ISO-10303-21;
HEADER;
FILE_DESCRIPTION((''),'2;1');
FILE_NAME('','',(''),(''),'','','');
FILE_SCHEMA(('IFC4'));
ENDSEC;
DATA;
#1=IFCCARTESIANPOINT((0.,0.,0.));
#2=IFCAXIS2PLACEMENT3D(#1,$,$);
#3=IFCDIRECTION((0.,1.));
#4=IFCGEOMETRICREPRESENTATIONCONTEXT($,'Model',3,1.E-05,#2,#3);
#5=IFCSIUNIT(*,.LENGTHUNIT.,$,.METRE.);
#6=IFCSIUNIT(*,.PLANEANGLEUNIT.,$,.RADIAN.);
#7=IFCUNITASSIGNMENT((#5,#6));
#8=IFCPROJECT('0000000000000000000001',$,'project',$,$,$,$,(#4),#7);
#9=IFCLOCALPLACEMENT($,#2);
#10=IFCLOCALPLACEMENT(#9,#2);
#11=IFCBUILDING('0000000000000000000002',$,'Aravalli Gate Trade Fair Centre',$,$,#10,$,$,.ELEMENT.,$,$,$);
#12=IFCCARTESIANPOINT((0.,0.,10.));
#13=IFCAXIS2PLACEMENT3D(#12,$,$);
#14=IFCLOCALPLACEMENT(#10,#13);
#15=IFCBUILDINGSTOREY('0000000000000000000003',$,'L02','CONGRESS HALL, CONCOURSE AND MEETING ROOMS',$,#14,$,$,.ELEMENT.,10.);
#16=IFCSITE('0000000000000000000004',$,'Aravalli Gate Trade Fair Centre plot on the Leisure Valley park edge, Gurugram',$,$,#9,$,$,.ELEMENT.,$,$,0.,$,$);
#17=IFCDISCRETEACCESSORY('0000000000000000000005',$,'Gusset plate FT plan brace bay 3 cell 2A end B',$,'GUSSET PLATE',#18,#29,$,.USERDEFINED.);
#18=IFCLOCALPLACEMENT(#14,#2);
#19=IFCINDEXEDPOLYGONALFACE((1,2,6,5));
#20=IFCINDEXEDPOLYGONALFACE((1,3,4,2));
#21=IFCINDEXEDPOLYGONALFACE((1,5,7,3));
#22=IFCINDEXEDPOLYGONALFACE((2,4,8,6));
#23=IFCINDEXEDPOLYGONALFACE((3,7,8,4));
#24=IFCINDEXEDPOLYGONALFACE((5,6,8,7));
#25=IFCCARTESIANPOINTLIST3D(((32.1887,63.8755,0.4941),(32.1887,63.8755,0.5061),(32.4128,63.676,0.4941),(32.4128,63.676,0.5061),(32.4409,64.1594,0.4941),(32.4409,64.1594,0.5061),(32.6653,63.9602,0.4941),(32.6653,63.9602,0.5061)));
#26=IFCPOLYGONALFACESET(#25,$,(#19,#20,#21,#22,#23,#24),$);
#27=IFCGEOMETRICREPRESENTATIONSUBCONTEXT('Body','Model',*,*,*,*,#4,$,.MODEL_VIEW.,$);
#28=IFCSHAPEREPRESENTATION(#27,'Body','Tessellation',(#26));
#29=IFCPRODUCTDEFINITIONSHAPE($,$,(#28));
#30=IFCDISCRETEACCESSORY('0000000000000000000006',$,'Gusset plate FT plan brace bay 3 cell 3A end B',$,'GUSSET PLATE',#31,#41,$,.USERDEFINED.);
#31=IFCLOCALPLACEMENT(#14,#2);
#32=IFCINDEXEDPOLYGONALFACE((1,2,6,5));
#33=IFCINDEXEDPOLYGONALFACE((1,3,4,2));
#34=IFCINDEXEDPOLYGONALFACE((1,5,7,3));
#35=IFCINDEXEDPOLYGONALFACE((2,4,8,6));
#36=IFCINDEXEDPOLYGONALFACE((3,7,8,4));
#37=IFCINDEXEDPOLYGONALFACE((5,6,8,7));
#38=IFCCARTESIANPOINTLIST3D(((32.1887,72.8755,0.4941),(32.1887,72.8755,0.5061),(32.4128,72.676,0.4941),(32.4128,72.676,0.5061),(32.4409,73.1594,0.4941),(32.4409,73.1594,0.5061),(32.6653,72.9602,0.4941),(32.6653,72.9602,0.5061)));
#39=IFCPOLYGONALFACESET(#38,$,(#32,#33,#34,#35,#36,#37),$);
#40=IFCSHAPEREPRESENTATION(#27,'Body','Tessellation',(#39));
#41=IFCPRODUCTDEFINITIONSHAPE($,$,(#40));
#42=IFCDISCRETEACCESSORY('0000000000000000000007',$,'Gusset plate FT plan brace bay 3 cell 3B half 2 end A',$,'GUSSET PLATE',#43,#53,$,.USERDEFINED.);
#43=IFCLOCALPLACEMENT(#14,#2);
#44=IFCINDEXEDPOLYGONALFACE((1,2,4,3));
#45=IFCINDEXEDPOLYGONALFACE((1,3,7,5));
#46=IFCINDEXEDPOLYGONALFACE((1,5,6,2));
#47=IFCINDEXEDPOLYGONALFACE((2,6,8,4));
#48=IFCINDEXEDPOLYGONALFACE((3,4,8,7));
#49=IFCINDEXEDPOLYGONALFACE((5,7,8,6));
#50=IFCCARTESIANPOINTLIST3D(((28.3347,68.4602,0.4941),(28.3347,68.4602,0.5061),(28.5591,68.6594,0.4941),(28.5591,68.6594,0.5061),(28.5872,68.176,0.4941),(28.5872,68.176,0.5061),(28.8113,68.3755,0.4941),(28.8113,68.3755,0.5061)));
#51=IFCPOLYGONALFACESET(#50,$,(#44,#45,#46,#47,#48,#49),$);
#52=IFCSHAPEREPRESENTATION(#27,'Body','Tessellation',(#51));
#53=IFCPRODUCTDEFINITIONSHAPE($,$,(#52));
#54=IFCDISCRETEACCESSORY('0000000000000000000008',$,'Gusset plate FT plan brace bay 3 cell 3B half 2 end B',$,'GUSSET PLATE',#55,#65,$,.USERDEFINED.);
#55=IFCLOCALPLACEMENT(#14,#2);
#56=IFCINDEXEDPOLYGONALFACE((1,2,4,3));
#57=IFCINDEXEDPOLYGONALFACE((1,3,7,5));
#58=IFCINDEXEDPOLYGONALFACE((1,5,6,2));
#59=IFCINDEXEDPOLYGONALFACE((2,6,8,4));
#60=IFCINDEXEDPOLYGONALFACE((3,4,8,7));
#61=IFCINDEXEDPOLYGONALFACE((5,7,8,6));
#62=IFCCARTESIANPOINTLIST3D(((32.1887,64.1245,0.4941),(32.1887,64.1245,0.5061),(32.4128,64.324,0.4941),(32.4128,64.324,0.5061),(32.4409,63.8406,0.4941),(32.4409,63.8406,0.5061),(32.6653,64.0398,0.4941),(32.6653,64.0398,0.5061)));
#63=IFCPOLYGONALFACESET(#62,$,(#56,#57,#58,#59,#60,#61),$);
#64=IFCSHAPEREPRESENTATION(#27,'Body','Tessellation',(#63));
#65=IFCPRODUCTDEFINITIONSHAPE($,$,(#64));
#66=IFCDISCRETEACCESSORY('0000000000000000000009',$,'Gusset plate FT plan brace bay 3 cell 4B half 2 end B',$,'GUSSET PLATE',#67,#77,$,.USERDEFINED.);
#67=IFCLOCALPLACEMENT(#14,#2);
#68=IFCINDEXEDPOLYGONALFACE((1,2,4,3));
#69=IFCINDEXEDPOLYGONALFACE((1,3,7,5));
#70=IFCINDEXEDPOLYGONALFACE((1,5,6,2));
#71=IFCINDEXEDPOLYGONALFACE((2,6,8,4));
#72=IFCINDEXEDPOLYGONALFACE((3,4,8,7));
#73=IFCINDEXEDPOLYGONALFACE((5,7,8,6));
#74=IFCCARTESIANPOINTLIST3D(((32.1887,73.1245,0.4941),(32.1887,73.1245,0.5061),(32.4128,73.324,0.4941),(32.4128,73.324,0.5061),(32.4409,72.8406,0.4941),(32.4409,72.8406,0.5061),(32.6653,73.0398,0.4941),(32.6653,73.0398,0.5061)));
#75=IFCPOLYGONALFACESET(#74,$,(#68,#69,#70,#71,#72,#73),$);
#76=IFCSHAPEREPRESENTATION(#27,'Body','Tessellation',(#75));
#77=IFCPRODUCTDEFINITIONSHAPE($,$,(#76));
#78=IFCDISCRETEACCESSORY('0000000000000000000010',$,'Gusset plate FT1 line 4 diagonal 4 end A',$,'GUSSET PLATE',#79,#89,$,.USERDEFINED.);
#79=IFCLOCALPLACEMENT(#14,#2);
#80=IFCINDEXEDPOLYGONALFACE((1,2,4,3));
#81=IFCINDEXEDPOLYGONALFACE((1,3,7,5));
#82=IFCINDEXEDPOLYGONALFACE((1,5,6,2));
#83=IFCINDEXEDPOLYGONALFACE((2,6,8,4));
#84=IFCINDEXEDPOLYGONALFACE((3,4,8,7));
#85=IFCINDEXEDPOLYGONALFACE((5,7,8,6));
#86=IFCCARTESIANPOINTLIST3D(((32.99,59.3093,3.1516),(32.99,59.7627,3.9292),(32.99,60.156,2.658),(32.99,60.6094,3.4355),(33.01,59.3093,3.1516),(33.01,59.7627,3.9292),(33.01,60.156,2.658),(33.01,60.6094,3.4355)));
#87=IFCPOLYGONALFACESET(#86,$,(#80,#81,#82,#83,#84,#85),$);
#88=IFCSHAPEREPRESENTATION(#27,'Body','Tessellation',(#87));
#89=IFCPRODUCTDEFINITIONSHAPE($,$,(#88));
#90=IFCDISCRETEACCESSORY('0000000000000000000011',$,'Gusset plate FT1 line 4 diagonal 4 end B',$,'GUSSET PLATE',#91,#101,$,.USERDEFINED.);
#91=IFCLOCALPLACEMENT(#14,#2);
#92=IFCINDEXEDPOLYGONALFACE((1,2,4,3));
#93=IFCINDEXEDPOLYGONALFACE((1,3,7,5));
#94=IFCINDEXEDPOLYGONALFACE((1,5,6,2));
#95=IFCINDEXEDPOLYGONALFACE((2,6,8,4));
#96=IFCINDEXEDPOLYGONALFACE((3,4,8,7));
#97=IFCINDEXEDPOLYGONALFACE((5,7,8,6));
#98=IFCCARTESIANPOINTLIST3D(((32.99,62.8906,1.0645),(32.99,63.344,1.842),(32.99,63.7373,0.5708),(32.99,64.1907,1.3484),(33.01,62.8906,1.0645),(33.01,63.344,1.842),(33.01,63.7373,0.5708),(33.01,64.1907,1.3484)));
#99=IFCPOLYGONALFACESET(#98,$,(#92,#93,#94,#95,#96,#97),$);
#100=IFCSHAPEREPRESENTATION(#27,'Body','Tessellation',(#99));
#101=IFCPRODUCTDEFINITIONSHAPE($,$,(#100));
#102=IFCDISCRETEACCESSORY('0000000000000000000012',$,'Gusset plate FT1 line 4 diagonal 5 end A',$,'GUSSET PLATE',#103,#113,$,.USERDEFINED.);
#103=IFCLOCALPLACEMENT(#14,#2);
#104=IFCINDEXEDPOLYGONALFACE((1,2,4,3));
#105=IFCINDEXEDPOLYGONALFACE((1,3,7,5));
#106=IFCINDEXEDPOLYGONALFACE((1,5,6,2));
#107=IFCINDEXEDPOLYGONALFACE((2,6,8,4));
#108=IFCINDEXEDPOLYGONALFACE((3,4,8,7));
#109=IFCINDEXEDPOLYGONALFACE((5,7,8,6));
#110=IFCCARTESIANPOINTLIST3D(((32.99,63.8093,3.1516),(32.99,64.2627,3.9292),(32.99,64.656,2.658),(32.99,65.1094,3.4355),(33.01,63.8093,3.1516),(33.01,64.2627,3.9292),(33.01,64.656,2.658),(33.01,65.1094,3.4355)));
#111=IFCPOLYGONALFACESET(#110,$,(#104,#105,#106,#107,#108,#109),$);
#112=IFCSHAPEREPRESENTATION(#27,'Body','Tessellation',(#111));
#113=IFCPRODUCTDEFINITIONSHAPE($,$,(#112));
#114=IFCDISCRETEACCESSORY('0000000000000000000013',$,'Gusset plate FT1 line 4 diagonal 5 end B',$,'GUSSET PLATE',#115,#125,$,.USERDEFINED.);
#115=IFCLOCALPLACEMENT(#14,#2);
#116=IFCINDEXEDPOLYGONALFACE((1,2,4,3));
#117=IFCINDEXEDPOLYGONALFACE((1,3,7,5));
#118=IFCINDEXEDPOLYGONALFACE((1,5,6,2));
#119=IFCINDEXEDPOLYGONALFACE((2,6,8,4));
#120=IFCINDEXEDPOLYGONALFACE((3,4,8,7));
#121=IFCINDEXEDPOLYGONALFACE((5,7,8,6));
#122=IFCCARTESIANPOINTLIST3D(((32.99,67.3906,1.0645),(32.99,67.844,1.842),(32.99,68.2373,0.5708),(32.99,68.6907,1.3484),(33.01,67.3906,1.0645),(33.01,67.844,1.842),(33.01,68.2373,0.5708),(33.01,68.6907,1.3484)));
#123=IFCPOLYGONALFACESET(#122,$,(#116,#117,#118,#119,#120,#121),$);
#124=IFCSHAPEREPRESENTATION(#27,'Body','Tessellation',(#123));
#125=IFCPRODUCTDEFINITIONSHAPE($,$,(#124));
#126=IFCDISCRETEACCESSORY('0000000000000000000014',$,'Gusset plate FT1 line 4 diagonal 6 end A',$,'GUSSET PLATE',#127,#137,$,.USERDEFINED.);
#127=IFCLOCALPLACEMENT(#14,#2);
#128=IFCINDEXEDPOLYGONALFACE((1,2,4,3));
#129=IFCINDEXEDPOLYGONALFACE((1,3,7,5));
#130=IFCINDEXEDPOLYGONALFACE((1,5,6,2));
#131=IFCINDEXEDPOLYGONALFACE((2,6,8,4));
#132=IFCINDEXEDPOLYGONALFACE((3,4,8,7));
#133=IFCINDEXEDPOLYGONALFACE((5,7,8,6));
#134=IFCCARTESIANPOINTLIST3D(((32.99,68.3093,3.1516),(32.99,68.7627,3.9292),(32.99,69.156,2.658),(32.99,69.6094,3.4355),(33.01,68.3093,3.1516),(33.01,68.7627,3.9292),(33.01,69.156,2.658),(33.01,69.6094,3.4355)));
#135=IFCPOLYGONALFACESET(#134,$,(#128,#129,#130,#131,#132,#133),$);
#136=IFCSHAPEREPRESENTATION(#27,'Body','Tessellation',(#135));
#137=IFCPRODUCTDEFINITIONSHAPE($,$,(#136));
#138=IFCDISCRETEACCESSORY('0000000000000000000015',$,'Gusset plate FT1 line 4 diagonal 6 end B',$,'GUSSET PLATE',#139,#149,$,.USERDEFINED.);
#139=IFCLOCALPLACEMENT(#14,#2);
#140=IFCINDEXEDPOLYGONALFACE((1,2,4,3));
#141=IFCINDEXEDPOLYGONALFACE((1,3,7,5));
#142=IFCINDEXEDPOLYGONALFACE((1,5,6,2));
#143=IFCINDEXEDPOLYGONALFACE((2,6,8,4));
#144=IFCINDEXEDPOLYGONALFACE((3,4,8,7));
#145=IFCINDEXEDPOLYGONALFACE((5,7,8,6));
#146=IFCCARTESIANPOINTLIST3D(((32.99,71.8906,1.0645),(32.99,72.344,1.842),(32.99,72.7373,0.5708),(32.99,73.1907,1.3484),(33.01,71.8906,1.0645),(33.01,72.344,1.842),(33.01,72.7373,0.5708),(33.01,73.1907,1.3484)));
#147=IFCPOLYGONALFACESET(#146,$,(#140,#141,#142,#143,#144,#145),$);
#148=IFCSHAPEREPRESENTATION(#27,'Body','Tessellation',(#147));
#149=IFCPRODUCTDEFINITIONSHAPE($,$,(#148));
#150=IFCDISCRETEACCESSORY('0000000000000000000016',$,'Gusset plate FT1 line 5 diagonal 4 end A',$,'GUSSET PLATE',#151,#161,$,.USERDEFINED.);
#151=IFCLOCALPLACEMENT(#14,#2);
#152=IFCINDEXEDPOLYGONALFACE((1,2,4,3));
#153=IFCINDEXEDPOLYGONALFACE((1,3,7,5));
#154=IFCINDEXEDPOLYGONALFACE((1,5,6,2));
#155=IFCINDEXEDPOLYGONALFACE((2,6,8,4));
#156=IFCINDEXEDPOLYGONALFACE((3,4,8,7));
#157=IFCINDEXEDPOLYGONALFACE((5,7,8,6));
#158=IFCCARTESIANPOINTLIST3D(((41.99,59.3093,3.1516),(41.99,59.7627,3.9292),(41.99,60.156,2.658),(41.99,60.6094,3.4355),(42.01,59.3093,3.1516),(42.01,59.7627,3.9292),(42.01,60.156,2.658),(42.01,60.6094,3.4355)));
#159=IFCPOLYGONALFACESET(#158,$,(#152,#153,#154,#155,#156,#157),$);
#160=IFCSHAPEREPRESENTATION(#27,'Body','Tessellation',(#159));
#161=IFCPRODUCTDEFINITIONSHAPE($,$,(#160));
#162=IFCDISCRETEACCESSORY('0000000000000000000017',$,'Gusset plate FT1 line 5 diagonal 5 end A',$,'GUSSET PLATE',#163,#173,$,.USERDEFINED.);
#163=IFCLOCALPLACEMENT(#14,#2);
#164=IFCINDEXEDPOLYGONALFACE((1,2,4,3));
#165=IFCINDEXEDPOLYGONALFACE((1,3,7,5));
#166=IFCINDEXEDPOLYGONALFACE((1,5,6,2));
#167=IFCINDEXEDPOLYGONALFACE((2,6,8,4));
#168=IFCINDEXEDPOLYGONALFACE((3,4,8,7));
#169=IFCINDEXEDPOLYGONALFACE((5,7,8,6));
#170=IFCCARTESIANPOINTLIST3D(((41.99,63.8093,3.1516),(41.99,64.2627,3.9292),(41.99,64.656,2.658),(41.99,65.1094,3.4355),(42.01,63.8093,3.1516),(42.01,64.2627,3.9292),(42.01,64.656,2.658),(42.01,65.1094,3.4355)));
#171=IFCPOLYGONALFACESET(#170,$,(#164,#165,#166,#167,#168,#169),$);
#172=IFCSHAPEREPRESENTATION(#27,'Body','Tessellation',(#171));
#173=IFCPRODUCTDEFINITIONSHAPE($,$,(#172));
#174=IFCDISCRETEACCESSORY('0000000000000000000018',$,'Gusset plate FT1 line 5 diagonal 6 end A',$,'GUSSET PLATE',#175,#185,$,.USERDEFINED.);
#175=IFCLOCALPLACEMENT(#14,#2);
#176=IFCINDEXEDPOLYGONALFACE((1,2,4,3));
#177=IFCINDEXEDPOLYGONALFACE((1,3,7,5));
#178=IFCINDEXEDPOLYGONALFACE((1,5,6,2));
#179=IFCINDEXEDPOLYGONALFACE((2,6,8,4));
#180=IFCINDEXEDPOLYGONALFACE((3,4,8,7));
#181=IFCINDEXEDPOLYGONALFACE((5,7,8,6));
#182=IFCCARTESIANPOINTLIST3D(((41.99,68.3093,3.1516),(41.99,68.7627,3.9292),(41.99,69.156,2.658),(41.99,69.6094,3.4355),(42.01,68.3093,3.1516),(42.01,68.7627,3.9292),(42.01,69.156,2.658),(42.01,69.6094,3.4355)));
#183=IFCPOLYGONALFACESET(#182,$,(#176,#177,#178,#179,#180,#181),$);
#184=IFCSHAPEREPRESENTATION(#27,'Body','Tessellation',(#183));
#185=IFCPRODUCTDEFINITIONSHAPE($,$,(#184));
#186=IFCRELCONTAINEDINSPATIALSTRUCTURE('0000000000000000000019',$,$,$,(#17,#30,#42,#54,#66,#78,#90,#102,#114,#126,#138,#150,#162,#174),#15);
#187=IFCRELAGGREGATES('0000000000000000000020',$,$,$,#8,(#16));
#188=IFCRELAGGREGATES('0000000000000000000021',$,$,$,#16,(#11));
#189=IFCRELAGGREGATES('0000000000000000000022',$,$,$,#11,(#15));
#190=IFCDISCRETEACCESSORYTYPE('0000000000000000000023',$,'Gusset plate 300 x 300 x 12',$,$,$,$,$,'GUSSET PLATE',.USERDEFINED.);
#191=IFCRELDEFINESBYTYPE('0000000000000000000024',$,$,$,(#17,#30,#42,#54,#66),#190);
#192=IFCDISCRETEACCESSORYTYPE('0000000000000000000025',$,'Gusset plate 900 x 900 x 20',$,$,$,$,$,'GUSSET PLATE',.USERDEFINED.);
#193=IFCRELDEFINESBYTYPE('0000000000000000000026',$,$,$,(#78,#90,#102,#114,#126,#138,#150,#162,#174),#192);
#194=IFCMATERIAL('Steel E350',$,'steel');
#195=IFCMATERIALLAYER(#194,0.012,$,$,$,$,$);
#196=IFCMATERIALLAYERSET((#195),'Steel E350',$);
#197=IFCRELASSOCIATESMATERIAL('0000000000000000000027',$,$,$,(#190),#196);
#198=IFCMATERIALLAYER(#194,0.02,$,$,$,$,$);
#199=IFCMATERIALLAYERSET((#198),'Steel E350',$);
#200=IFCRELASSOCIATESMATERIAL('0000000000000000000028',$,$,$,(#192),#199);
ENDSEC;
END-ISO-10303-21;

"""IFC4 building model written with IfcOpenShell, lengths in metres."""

from ifc_helpers import new_model, si_unit, direction, frame, origin, place, context, subcontext, project, spatial, polyline, outline, extrude, material, layer, layer_set, type_object, element, save


model = new_model("IFC4")

# Units and contexts
model_context = context("Model", 3, precision=1e-05, world=origin(), true_north=direction((0.0, 1.0)))
body_context = subcontext(model_context, "Body", "Model", "MODEL_VIEW")
ifc_project = project(units=[si_unit("LENGTHUNIT", "METRE"), si_unit("PLANEANGLEUNIT", "RADIAN")], contexts=[model_context])

# Site, building, storey
site_placement = place(None, origin())
site = spatial("IfcSite", under=ifc_project, at=site_placement, Name="Aravalli Gate Trade Fair Centre plot on the Leisure Valley park edge, Gurugram", CompositionType="ELEMENT", RefElevation=0.0)
building_placement = place(site_placement, origin())
building = spatial("IfcBuilding", under=site, at=building_placement, Name="Aravalli Gate Trade Fair Centre", CompositionType="ELEMENT")
storey_placement = place(building_placement, frame((0.0, 0.0, 10.0)))
storey = spatial("IfcBuildingStorey", under=building, at=storey_placement, Name="L02", Description="CONGRESS HALL, CONCOURSE AND MEETING ROOMS", CompositionType="ELEMENT", Elevation=10.0)

# Shared definitions
ifc_material = material(Name="Steel E350", Category="steel")

# Discrete accessories
ifc_layer_1 = layer(ifc_material, 0.012)
ifc_layer_set_1 = layer_set([ifc_layer_1], Name="Steel E350")
discrete_accessory_type_1 = type_object("IfcDiscreteAccessoryType", Name="Gusset plate 300 x 300 x 12", ElementType="GUSSET PLATE", PredefinedType="USERDEFINED", material=ifc_layer_set_1)
for number, where, z_axis, x_axis, name in (
    (1, (32.4128, 63.676, 0.5061), (0.0, 0.0, 1.0), (0.664125, 0.747622, 0.0), "Gusset plate FT plan brace bay 3 cell 2A end B"),
    (2, (32.4128, 72.676, 0.5061), (0.0, 0.0, 1.0), (0.664125, 0.747622, 0.0), "Gusset plate FT plan brace bay 3 cell 3A end B"),
):
    element("IfcDiscreteAccessory", number, at=place(storey_placement, frame(where, z_axis=z_axis, x_axis=x_axis)), inside=storey, type_object=discrete_accessory_type_1, Name=name, ObjectType="GUSSET PLATE", PredefinedType="USERDEFINED", context=body_context, shape_type="SweptSolid", body=[
        extrude(outline(polyline([(0.0, 0.0), (0.3801, 0.0), (0.38, 0.3), (0.0003, 0.3), (0.0, 0.0)])), origin(), (0.0, 0.0, -1.0), 0.012),
    ])
discrete_accessory_1_placement = place(storey_placement, frame((28.5872, 68.176, 0.5061), z_axis=(0.0, 0.0, 1.0), x_axis=(-0.664125, 0.747622, 0.0)))
element("IfcDiscreteAccessory", 3, at=discrete_accessory_1_placement, inside=storey, type_object=discrete_accessory_type_1, Name="Gusset plate FT plan brace bay 3 cell 3B half 2 end A", ObjectType="GUSSET PLATE", PredefinedType="USERDEFINED", context=body_context, shape_type="SweptSolid", body=[
    extrude(outline(polyline([(0.0, 0.0), (0.3801, 0.0), (0.38, -0.3), (0.0003, -0.3), (0.0, 0.0)])), origin(), (0.0, 0.0, -1.0), 0.012),
])
for number, where, z_axis, x_axis, name in (
    (4, (32.1887, 64.1245, 0.5061), (0.0, 0.0, 1.0), (0.664084, -0.747658, 0.0), "Gusset plate FT plan brace bay 3 cell 3B half 2 end B"),
    (5, (32.1887, 73.1245, 0.5061), (0.0, 0.0, 1.0), (0.664084, -0.747658, 0.0), "Gusset plate FT plan brace bay 3 cell 4B half 2 end B"),
):
    element("IfcDiscreteAccessory", number, at=place(storey_placement, frame(where, z_axis=z_axis, x_axis=x_axis)), inside=storey, type_object=discrete_accessory_type_1, Name=name, ObjectType="GUSSET PLATE", PredefinedType="USERDEFINED", context=body_context, shape_type="SweptSolid", body=[
        extrude(outline(polyline([(0.0, 0.0), (0.3798, 0.0), (0.3798, 0.3), (-0.0003, 0.3), (0.0, 0.0)])), origin(), (0.0, 0.0, -1.0), 0.012),
    ])
ifc_layer_2 = layer(ifc_material, 0.02)
ifc_layer_set_2 = layer_set([ifc_layer_2], Name="Steel E350")
discrete_accessory_type_2 = type_object("IfcDiscreteAccessoryType", Name="Gusset plate 900 x 900 x 20", ElementType="GUSSET PLATE", PredefinedType="USERDEFINED", material=ifc_layer_set_2)
discrete_accessory_2_placement = place(storey_placement, frame((32.99, 60.156, 2.658), z_axis=(-1.0, 0.0, 0.0), x_axis=(0.0, -0.863887, 0.503685)))
element("IfcDiscreteAccessory", 6, at=discrete_accessory_2_placement, inside=storey, type_object=discrete_accessory_type_2, Name="Gusset plate FT1 line 4 diagonal 4 end A", ObjectType="GUSSET PLATE", PredefinedType="USERDEFINED", context=body_context, shape_type="SweptSolid", body=[
    extrude(outline(polyline([(0.0, 0.0), (0.9801, 0.0), (0.9801, 0.9001), (0.0, 0.9001), (0.0, 0.0)])), origin(), (0.0, 0.0, -1.0), 0.02),
])
discrete_accessory_3_placement = place(storey_placement, frame((33.01, 62.8906, 1.0645), z_axis=(1.0, 0.0, 0.0), x_axis=(0.0, 0.863887, -0.503685)))
element("IfcDiscreteAccessory", 7, at=discrete_accessory_3_placement, inside=storey, type_object=discrete_accessory_type_2, Name="Gusset plate FT1 line 4 diagonal 4 end B", ObjectType="GUSSET PLATE", PredefinedType="USERDEFINED", context=body_context, shape_type="SweptSolid", body=[
    extrude(outline(polyline([(0.0, 0.0), (0.9801, 0.0), (0.9801, 0.9001), (0.0, 0.9001), (0.0, 0.0)])), origin(), (0.0, 0.0, -1.0), 0.02),
])
discrete_accessory_4_placement = place(storey_placement, frame((32.99, 64.656, 2.658), z_axis=(-1.0, 0.0, 0.0), x_axis=(0.0, -0.863887, 0.503685)))
element("IfcDiscreteAccessory", 8, at=discrete_accessory_4_placement, inside=storey, type_object=discrete_accessory_type_2, Name="Gusset plate FT1 line 4 diagonal 5 end A", ObjectType="GUSSET PLATE", PredefinedType="USERDEFINED", context=body_context, shape_type="SweptSolid", body=[
    extrude(outline(polyline([(0.0, 0.0), (0.9801, 0.0), (0.9801, 0.9001), (0.0, 0.9001), (0.0, 0.0)])), origin(), (0.0, 0.0, -1.0), 0.02),
])
discrete_accessory_5_placement = place(storey_placement, frame((33.01, 67.3906, 1.0645), z_axis=(1.0, 0.0, 0.0), x_axis=(0.0, 0.863887, -0.503685)))
element("IfcDiscreteAccessory", 9, at=discrete_accessory_5_placement, inside=storey, type_object=discrete_accessory_type_2, Name="Gusset plate FT1 line 4 diagonal 5 end B", ObjectType="GUSSET PLATE", PredefinedType="USERDEFINED", context=body_context, shape_type="SweptSolid", body=[
    extrude(outline(polyline([(0.0, 0.0), (0.9801, 0.0), (0.9801, 0.9001), (0.0, 0.9001), (0.0, 0.0)])), origin(), (0.0, 0.0, -1.0), 0.02),
])
discrete_accessory_6_placement = place(storey_placement, frame((32.99, 69.156, 2.658), z_axis=(-1.0, 0.0, 0.0), x_axis=(0.0, -0.863887, 0.503685)))
element("IfcDiscreteAccessory", 10, at=discrete_accessory_6_placement, inside=storey, type_object=discrete_accessory_type_2, Name="Gusset plate FT1 line 4 diagonal 6 end A", ObjectType="GUSSET PLATE", PredefinedType="USERDEFINED", context=body_context, shape_type="SweptSolid", body=[
    extrude(outline(polyline([(0.0, 0.0), (0.9801, 0.0), (0.9801, 0.9001), (0.0, 0.9001), (0.0, 0.0)])), origin(), (0.0, 0.0, -1.0), 0.02),
])
discrete_accessory_7_placement = place(storey_placement, frame((33.01, 71.8906, 1.0645), z_axis=(1.0, 0.0, 0.0), x_axis=(0.0, 0.863887, -0.503685)))
element("IfcDiscreteAccessory", 11, at=discrete_accessory_7_placement, inside=storey, type_object=discrete_accessory_type_2, Name="Gusset plate FT1 line 4 diagonal 6 end B", ObjectType="GUSSET PLATE", PredefinedType="USERDEFINED", context=body_context, shape_type="SweptSolid", body=[
    extrude(outline(polyline([(0.0, 0.0), (0.9801, 0.0), (0.9801, 0.9001), (0.0, 0.9001), (0.0, 0.0)])), origin(), (0.0, 0.0, -1.0), 0.02),
])
for number, where, z_axis, x_axis, name in (
    (12, (41.99, 60.156, 2.658), (-1.0, 0.0, 0.0), (0.0, -0.863887, 0.503685), "Gusset plate FT1 line 5 diagonal 4 end A"),
    (13, (41.99, 64.656, 2.658), (-1.0, 0.0, 0.0), (0.0, -0.863887, 0.503685), "Gusset plate FT1 line 5 diagonal 5 end A"),
    (14, (41.99, 69.156, 2.658), (-1.0, 0.0, 0.0), (0.0, -0.863887, 0.503685), "Gusset plate FT1 line 5 diagonal 6 end A"),
):
    element("IfcDiscreteAccessory", number, at=place(storey_placement, frame(where, z_axis=z_axis, x_axis=x_axis)), inside=storey, type_object=discrete_accessory_type_2, Name=name, ObjectType="GUSSET PLATE", PredefinedType="USERDEFINED", context=body_context, shape_type="SweptSolid", body=[
        extrude(outline(polyline([(0.0, 0.0), (0.9801, 0.0), (0.9801, 0.9001), (0.0, 0.9001), (0.0, 0.0)])), origin(), (0.0, 0.0, -1.0), 0.02),
    ])

save(model, "model.ifc")
